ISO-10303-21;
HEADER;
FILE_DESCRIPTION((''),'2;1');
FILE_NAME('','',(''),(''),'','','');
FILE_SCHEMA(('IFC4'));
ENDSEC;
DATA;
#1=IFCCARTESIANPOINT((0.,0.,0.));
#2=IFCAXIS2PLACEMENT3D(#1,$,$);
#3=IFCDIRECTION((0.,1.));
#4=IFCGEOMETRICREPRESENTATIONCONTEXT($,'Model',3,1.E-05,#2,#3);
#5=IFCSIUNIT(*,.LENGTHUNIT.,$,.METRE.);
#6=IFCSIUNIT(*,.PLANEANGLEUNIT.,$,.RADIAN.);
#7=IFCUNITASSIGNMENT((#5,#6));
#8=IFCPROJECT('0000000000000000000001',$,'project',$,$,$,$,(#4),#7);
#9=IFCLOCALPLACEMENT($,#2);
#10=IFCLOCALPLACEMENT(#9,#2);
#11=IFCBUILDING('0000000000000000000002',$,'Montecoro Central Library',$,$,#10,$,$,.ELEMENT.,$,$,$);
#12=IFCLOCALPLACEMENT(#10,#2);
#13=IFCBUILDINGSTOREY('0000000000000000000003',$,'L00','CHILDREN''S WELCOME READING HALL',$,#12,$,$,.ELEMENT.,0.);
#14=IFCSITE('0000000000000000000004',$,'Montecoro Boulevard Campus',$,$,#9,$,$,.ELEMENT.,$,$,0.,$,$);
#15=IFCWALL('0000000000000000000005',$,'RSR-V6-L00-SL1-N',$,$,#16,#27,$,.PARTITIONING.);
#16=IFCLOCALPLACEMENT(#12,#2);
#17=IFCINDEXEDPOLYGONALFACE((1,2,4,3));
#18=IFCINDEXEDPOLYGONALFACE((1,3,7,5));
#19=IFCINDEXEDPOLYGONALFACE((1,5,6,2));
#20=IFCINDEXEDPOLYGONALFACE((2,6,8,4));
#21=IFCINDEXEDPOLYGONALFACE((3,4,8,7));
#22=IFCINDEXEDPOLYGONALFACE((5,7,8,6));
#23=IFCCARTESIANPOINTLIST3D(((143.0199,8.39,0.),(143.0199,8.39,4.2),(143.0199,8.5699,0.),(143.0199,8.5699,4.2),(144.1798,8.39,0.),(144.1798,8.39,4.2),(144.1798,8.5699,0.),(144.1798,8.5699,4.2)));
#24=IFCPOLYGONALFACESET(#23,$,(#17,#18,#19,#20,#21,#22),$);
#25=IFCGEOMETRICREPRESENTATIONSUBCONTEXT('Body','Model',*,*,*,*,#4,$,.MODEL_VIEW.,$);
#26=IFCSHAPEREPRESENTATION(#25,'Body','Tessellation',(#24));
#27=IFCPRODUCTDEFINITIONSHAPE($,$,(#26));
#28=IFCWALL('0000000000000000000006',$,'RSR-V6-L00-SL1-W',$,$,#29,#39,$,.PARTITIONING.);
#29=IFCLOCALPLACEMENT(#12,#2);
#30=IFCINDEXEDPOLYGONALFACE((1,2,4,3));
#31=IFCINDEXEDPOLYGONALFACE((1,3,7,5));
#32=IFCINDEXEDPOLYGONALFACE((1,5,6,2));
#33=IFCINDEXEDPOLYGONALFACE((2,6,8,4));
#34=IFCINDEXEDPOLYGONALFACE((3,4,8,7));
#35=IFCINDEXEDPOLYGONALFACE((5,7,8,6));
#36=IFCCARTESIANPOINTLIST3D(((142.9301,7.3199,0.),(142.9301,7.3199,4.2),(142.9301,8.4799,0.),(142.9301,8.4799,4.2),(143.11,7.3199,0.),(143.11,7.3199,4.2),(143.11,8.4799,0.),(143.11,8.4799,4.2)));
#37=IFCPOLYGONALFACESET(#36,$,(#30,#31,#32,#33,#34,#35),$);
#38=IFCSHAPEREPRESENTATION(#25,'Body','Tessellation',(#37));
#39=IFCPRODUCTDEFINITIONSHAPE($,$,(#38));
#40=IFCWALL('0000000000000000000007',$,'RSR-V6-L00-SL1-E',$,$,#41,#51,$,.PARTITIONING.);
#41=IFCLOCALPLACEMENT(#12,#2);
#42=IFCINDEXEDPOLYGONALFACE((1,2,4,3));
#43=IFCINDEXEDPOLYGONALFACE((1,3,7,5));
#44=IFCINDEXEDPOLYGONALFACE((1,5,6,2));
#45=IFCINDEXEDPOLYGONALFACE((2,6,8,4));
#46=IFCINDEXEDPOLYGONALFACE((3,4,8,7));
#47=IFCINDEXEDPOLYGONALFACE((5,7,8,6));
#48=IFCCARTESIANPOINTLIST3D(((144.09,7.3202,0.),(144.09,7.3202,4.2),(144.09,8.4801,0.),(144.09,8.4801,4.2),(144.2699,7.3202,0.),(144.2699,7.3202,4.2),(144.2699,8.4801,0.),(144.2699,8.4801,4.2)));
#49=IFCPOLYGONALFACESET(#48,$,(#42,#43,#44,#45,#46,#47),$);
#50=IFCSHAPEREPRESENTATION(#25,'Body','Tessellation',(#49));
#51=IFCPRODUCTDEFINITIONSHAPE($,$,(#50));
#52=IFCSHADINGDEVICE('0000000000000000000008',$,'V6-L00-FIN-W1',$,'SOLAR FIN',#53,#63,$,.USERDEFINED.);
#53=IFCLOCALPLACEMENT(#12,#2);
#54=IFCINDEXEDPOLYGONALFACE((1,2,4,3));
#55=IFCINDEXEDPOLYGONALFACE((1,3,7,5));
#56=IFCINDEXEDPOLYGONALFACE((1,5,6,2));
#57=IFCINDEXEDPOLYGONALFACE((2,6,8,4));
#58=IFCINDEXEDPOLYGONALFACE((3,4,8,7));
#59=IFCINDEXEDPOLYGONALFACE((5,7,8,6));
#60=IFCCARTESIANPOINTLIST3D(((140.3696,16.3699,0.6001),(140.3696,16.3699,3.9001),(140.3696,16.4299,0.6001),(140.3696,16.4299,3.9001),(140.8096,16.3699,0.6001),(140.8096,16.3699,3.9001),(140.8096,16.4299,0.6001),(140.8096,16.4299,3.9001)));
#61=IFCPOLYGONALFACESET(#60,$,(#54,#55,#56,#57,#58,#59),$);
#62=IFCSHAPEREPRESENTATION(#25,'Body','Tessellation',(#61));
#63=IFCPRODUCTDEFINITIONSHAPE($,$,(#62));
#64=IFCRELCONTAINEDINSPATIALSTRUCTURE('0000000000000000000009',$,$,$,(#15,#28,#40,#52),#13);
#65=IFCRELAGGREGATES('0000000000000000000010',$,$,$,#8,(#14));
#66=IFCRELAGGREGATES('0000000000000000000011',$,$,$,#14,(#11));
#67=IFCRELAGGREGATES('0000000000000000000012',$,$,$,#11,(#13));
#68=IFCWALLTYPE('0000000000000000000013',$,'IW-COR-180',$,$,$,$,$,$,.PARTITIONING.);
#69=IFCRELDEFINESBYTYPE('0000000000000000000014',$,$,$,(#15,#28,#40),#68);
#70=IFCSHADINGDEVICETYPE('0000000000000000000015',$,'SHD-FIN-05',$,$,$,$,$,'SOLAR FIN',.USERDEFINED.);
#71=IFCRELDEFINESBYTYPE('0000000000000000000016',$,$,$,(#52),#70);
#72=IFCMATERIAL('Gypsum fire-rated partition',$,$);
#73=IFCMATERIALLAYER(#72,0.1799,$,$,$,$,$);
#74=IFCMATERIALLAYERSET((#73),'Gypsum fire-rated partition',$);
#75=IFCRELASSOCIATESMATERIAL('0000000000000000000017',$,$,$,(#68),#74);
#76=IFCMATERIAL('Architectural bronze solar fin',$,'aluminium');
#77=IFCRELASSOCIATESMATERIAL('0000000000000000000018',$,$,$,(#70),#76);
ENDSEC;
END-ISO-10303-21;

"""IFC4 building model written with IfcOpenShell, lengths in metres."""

from ifc_helpers import new_model, si_unit, direction, frame, frame_2d, origin, origin_2d, place, context, subcontext, project, spatial, rectangle, extrude, material, layer, layer_set, type_object, element, save


model = new_model("IFC4")

# Units and contexts
model_context = context("Model", 3, precision=1e-05, world=origin(), true_north=direction((0.0, 1.0)))
body_context = subcontext(model_context, "Body", "Model", "MODEL_VIEW")
ifc_project = project(units=[si_unit("LENGTHUNIT", "METRE"), si_unit("PLANEANGLEUNIT", "RADIAN")], contexts=[model_context])

# Site, building, storey
site_placement = place(None, origin())
site = spatial("IfcSite", under=ifc_project, at=site_placement, Name="Montecoro Boulevard Campus", CompositionType="ELEMENT", RefElevation=0.0)
building_placement = place(site_placement, origin())
building = spatial("IfcBuilding", under=site, at=building_placement, Name="Montecoro Central Library", CompositionType="ELEMENT")
storey_placement = place(building_placement, origin())
storey = spatial("IfcBuildingStorey", under=building, at=storey_placement, Name="L00", Description="CHILDREN'S WELCOME READING HALL", CompositionType="ELEMENT", Elevation=0.0)

# Walls
ifc_material_1 = material(Name="Gypsum fire-rated partition")
ifc_layer_1 = layer(ifc_material_1, 0.1799)
ifc_layer_set_1 = layer_set([ifc_layer_1], Name="Gypsum fire-rated partition")
wall_type_1 = type_object("IfcWallType", Name="IW-COR-180", PredefinedType="PARTITIONING", material=ifc_layer_set_1)
for number, where, z_axis, x_axis, name in (
    (1, (144.1799, 8.48, 0.0), (0.0, 0.0, 1.0), (-1.0, 0.0, 0.0), "RSR-V6-L00-SL1-N"),
    (2, (143.02, 8.48, 0.0), (0.0, 0.0, 1.0), (0.0, -1.0, 0.0), "RSR-V6-L00-SL1-W"),
    (3, (144.1799, 7.3201, 0.0), (0.0, 0.0, 1.0), (0.0, 1.0, 0.0), "RSR-V6-L00-SL1-E"),
):
    element("IfcWall", number, at=place(storey_placement, frame(where, z_axis=z_axis, x_axis=x_axis)), inside=storey, type_object=wall_type_1, Name=name, PredefinedType="PARTITIONING", context=body_context, shape_type="SweptSolid", body=[
        extrude(rectangle(XDim=1.1599, YDim=0.1799, at=frame_2d((0.5801, 0.0))), origin(), (0.0, 0.0, 1.0), 4.2),
    ])

# Shading device
ifc_material_2 = material(Name="Architectural bronze solar fin", Category="aluminium")
shading_device_type = type_object("IfcShadingDeviceType", Name="SHD-FIN-05", ElementType="SOLAR FIN", PredefinedType="USERDEFINED", material=ifc_material_2)
shading_device_placement = place(storey_placement, frame((140.5896, 16.3999, 0.6001), z_axis=(0.0, 0.0, 1.0), x_axis=(0.0, -1.0, 0.0)))
element("IfcShadingDevice", 4, at=shading_device_placement, inside=storey, type_object=shading_device_type, Name="V6-L00-FIN-W1", ObjectType="SOLAR FIN", PredefinedType="USERDEFINED", context=body_context, shape_type="SweptSolid", body=[
    extrude(rectangle(XDim=0.0601, YDim=0.4399, at=origin_2d()), origin(), (0.0, 0.0, 1.0), 3.3),
])

save(model, "model.ifc")
